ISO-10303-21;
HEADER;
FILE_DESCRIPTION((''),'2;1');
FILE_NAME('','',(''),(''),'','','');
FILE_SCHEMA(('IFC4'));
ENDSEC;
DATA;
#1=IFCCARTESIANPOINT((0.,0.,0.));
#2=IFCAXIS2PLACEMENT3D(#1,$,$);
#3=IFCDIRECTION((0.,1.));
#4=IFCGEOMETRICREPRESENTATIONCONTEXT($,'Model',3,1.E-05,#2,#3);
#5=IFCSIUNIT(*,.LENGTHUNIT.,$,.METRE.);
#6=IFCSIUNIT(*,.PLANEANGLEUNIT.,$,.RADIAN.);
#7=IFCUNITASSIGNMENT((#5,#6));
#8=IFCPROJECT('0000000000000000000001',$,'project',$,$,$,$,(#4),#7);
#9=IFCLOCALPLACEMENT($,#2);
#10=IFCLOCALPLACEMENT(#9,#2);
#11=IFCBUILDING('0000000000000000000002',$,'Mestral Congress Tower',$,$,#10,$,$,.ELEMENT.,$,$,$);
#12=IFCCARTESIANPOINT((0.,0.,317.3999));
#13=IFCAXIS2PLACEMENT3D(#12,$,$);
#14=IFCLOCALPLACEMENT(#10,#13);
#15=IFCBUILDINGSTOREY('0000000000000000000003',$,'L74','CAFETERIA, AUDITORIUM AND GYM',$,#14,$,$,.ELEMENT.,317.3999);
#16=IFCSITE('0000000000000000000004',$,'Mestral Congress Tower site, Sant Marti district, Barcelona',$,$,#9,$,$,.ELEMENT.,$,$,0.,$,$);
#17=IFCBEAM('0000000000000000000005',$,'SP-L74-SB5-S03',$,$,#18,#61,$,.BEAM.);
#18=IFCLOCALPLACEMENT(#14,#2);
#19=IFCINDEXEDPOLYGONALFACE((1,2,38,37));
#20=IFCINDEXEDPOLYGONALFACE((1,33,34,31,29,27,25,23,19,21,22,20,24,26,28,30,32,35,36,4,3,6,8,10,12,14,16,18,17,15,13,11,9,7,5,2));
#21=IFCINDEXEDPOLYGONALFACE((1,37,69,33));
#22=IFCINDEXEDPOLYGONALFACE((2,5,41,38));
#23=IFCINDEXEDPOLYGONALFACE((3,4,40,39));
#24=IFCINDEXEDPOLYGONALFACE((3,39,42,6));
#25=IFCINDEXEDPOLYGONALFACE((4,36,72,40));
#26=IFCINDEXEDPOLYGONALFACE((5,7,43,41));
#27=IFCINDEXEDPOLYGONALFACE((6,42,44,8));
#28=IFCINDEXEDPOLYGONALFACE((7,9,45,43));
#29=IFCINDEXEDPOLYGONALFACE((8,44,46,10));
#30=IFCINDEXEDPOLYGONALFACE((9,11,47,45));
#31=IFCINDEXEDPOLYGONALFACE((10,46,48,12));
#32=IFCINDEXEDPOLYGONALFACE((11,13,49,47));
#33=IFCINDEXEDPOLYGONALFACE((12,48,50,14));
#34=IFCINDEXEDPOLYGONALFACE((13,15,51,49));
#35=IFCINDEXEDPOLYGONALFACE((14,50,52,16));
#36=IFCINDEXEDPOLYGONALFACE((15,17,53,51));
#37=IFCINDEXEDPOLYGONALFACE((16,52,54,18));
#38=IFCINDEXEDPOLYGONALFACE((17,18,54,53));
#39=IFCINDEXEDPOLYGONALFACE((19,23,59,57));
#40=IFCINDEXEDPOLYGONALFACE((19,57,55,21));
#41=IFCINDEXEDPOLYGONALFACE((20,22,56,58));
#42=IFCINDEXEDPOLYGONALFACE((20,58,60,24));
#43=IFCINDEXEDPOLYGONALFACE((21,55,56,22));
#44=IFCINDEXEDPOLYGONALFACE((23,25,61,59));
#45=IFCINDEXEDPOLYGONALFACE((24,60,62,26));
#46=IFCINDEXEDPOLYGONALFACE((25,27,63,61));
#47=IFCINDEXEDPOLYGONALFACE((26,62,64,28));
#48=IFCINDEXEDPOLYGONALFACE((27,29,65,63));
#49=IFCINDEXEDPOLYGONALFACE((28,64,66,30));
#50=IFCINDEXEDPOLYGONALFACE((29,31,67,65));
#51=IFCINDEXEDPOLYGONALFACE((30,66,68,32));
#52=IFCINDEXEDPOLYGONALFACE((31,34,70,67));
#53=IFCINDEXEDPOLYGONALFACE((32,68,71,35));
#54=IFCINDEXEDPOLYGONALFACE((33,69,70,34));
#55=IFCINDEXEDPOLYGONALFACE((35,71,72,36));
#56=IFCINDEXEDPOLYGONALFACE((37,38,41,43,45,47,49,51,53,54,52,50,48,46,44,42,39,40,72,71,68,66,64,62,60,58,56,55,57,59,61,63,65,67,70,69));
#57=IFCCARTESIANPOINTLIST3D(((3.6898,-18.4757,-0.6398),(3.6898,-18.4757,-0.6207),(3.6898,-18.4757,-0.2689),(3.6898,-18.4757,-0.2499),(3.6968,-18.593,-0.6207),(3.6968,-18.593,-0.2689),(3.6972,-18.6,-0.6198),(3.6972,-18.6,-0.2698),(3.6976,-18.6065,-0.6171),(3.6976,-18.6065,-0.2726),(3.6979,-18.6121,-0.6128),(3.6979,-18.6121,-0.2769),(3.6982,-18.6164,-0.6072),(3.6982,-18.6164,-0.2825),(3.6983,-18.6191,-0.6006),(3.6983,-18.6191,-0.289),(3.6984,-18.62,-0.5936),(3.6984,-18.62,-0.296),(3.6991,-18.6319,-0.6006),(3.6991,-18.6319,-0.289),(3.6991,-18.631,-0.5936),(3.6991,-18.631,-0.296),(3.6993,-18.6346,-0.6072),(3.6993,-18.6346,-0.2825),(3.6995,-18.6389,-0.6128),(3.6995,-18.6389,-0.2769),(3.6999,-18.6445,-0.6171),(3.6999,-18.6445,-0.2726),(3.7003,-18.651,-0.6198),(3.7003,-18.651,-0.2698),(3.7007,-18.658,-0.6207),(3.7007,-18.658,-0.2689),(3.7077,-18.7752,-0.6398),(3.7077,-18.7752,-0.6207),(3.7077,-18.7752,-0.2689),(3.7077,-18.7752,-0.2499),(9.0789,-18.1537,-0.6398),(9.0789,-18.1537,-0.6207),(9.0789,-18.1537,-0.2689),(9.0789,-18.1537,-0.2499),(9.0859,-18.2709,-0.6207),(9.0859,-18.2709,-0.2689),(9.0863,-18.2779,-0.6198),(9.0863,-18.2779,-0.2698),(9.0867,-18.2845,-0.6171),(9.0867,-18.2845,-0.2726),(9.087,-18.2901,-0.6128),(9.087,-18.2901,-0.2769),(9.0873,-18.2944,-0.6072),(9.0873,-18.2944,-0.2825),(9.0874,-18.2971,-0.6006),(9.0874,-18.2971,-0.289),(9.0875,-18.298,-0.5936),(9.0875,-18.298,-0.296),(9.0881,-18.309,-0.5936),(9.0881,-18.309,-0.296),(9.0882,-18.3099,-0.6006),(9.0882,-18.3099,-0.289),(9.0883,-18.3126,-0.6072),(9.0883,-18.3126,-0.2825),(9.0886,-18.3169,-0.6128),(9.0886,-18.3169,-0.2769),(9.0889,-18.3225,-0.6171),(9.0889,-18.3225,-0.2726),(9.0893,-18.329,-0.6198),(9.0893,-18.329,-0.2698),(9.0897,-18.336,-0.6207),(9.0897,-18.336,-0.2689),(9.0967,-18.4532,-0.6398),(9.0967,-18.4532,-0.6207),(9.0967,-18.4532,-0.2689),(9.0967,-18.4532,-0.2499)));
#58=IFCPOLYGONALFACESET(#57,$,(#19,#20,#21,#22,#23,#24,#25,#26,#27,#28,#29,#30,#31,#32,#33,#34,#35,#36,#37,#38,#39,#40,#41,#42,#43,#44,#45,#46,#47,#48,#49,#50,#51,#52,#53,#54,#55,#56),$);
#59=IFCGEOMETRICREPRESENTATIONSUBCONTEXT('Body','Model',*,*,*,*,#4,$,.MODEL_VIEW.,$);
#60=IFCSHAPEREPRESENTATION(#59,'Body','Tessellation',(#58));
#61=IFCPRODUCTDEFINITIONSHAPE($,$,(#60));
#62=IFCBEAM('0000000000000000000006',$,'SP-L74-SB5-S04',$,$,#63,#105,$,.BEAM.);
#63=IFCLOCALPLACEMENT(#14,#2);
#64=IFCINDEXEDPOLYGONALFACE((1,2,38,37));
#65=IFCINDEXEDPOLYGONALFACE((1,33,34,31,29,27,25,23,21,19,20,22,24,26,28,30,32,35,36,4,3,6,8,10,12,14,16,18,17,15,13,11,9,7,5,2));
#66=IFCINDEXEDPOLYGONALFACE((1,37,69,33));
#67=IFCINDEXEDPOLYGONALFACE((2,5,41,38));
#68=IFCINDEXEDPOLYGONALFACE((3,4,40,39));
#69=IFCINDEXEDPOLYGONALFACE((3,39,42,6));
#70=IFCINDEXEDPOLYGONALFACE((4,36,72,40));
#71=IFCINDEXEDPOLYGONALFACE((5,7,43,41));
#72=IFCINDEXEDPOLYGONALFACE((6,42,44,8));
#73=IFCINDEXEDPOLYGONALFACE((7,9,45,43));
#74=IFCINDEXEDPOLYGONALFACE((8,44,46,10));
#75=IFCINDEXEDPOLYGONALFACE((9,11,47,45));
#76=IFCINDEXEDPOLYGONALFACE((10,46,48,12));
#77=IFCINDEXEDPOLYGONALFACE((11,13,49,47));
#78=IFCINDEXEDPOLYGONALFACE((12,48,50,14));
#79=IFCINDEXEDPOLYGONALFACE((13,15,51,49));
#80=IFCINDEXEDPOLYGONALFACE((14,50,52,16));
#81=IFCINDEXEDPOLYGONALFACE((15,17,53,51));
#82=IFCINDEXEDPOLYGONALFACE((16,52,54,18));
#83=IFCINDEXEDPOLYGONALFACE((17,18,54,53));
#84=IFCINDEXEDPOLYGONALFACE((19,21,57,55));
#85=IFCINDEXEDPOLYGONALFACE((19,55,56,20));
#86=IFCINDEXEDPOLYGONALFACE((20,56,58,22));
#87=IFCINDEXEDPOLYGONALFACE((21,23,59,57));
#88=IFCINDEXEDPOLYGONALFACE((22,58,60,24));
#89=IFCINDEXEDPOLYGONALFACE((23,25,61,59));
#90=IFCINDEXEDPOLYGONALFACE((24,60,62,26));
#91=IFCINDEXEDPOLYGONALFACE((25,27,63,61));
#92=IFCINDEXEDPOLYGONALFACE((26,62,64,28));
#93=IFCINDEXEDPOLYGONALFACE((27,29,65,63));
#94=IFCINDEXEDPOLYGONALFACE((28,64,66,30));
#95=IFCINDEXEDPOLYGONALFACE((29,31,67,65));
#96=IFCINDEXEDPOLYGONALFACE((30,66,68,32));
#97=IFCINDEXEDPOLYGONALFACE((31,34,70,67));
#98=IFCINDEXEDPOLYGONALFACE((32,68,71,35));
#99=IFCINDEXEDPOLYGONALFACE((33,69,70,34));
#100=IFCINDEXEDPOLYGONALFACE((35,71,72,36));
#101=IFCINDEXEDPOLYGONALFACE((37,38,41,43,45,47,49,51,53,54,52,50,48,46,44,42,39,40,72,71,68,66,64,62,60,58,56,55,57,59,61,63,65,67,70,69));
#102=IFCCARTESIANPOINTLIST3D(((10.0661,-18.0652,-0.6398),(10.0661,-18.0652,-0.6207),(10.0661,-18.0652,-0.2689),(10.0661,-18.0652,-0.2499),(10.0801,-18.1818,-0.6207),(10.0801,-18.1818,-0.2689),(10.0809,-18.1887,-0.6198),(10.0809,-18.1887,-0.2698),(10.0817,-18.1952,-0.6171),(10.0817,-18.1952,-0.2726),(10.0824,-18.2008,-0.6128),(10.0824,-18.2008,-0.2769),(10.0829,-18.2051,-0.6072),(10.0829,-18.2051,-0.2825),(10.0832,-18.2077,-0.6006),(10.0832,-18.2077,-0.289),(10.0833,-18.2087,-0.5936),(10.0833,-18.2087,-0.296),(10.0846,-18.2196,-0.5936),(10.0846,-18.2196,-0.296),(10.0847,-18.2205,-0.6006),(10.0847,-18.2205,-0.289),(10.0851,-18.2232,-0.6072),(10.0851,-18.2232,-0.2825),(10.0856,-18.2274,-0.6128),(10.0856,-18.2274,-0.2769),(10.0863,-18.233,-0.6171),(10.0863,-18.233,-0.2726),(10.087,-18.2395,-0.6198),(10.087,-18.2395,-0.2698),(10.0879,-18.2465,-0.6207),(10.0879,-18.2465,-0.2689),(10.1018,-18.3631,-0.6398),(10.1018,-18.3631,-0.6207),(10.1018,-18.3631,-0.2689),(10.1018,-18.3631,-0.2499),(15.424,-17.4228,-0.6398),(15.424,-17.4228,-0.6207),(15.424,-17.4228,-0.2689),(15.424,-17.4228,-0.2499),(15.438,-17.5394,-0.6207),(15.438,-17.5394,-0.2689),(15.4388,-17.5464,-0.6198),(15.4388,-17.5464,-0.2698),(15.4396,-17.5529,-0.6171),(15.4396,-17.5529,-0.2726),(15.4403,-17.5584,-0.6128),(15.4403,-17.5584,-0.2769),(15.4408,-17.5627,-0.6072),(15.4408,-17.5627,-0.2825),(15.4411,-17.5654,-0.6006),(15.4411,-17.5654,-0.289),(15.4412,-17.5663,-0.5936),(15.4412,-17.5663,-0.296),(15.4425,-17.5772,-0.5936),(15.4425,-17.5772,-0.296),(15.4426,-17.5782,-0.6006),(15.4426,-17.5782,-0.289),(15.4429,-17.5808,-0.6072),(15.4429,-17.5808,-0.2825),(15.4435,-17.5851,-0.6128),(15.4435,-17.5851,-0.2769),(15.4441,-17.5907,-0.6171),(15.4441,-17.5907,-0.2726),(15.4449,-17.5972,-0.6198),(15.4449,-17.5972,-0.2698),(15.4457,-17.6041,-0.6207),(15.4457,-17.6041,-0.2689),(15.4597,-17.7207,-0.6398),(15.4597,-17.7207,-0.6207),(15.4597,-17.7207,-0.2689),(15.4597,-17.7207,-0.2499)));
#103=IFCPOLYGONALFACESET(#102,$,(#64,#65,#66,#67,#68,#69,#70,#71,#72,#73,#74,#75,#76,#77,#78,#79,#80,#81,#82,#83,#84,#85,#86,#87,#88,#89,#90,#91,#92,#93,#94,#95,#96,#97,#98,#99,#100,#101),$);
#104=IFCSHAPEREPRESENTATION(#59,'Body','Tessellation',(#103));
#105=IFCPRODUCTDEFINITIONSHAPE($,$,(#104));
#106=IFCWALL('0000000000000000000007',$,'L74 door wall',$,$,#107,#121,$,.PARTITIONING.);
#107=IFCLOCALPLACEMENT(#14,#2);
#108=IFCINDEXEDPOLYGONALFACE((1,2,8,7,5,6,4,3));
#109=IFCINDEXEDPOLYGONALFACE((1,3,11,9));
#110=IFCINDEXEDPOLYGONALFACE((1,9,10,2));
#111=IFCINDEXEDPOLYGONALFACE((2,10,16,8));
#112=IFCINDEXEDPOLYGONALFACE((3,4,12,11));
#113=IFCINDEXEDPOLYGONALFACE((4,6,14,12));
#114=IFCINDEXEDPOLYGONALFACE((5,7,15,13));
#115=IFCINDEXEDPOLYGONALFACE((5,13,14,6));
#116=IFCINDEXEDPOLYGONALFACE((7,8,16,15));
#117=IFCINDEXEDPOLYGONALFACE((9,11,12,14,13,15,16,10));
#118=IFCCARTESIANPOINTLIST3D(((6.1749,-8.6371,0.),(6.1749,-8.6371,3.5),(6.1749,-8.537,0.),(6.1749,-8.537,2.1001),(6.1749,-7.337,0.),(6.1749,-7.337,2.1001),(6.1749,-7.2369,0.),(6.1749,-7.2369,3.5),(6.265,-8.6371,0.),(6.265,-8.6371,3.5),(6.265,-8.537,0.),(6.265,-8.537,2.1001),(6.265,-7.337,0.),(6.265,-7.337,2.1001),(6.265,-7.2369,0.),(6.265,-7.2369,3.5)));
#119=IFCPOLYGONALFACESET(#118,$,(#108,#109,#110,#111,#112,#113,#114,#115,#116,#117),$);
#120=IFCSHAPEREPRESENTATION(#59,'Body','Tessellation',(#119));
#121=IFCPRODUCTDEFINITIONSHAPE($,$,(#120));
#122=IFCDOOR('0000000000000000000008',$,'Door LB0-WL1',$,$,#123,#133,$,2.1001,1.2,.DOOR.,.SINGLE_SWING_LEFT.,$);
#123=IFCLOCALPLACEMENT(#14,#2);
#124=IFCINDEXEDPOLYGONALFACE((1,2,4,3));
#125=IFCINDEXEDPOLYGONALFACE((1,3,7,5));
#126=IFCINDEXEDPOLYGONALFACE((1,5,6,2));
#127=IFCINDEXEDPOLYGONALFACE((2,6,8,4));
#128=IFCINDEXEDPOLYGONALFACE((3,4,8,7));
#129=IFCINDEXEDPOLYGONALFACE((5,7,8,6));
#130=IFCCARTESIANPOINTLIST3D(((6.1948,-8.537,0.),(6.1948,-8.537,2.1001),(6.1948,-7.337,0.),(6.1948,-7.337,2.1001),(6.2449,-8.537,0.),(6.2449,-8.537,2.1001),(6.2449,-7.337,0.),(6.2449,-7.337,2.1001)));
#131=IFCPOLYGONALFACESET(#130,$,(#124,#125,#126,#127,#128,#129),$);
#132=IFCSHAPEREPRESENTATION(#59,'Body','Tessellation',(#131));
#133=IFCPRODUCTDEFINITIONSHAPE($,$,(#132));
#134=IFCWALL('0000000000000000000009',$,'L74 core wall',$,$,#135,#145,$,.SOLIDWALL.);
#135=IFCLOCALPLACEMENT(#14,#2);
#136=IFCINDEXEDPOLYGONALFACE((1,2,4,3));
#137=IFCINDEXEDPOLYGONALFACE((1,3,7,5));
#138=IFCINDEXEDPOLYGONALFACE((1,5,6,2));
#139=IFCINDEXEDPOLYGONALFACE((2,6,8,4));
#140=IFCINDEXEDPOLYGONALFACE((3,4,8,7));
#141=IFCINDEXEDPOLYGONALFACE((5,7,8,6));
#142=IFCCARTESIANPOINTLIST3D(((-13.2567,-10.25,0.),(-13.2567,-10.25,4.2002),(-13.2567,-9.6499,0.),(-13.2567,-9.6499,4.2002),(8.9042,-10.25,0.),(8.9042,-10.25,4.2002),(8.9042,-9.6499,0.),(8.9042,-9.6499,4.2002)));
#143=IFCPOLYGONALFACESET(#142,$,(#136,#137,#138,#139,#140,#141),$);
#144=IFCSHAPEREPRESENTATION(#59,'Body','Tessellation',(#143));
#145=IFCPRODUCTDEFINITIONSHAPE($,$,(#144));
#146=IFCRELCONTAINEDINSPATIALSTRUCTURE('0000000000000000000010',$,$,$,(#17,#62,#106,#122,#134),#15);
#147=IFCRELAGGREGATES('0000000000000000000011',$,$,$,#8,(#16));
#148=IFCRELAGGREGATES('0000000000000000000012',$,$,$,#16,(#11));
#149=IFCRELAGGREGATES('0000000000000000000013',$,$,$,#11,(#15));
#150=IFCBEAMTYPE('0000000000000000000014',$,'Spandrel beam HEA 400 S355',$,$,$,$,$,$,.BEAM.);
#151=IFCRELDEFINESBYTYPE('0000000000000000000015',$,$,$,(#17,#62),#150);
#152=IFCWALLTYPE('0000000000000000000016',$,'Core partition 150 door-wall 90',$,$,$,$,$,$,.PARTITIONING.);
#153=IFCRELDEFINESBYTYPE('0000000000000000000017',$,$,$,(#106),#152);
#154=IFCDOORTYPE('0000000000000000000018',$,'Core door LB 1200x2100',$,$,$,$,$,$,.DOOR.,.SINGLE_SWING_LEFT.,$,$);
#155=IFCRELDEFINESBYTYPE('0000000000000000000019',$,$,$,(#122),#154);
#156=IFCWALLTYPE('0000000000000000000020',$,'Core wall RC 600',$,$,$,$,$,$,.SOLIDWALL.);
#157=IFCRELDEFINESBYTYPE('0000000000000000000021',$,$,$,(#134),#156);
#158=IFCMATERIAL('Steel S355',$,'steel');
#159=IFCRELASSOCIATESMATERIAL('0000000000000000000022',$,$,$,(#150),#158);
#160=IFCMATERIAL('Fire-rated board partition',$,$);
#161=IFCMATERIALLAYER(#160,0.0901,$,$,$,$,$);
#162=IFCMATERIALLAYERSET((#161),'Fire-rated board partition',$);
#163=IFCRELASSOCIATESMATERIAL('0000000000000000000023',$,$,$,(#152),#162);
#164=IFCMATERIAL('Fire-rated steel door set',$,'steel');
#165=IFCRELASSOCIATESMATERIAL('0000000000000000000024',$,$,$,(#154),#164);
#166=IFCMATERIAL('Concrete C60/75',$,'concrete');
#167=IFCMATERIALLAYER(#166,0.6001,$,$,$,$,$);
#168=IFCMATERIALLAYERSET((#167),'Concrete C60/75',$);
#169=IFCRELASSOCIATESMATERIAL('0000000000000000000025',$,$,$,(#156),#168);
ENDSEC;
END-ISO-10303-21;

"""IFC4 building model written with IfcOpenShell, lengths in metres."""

from ifc_helpers import new_model, si_unit, direction, frame, frame_2d, origin, origin_2d, place, context, subcontext, project, spatial, rectangle, i_section, extrude, material, layer, layer_set, material_profile, profile_set, type_object, element, fill, save


model = new_model("IFC4")

# Units and contexts
model_context = context("Model", 3, precision=1e-05, world=origin(), true_north=direction((0.0, 1.0)))
body_context = subcontext(model_context, "Body", "Model", "MODEL_VIEW")
ifc_project = project(units=[si_unit("LENGTHUNIT", "METRE"), si_unit("PLANEANGLEUNIT", "RADIAN")], contexts=[model_context])

# Site, building, storey
site_placement = place(None, origin())
site = spatial("IfcSite", under=ifc_project, at=site_placement, Name="Mestral Congress Tower site, Sant Marti district, Barcelona", CompositionType="ELEMENT", RefElevation=0.0)
building_placement = place(site_placement, origin())
building = spatial("IfcBuilding", under=site, at=building_placement, Name="Mestral Congress Tower", CompositionType="ELEMENT")
storey_placement = place(building_placement, frame((0.0, 0.0, 317.3999)))
storey = spatial("IfcBuildingStorey", under=building, at=storey_placement, Name="L74", Description="CAFETERIA, AUDITORIUM AND GYM", CompositionType="ELEMENT", Elevation=317.3999)

# Shared definitions
ifc_material_1 = material(Name="Concrete C60/75", Category="concrete")

# Beams
ifc_material_2 = material(Name="Steel S355", Category="steel")
ifc_material_profile_1 = material_profile(ifc_material_2, i_section(OverallWidth=0.3, OverallDepth=0.3899, WebThickness=0.011, FlangeThickness=0.019, FilletRadius=0.0271, at=origin_2d()), Name="HEA 400")
ifc_profile_set_1 = profile_set([ifc_material_profile_1], Name="Steel S355")
beam_type_1 = type_object("IfcBeamType", Name="Spandrel beam HEA 400 S355", PredefinedType="BEAM", material=ifc_profile_set_1)
beam_1_placement = place(storey_placement, frame((3.6987, -18.6255, -0.4448), z_axis=(0.99822, 0.059647, 0.0), x_axis=(-0.059647, 0.99822, 0.0)))
element("IfcBeam", 1, at=beam_1_placement, inside=storey, type_object=beam_type_1, Name="SP-L74-SB5-S03", PredefinedType="BEAM", context=body_context, shape_type="SweptSolid", body=[
    extrude(i_section(OverallWidth=0.3, OverallDepth=0.3899, WebThickness=0.011, FlangeThickness=0.019, FilletRadius=0.0271, at=origin_2d()), origin(), (0.0, 0.0, 1.0), 5.3987),
])
beam_2_placement = place(storey_placement, frame((10.084, -18.2141, -0.4448), z_axis=(0.99289, 0.119033, 0.0), x_axis=(-0.119033, 0.99289, 0.0)))
element("IfcBeam", 2, at=beam_2_placement, inside=storey, type_object=beam_type_1, Name="SP-L74-SB5-S04", PredefinedType="BEAM", context=body_context, shape_type="SweptSolid", body=[
    extrude(i_section(OverallWidth=0.3, OverallDepth=0.3899, WebThickness=0.011, FlangeThickness=0.019, FilletRadius=0.0271, at=origin_2d()), origin(), (0.0, 0.0, 1.0), 5.3962),
])

# Wall, opening, door
ifc_material_3 = material(Name="Fire-rated board partition")
ifc_layer_1 = layer(ifc_material_3, 0.0901)
ifc_layer_set_1 = layer_set([ifc_layer_1], Name="Fire-rated board partition")
wall_type_1 = type_object("IfcWallType", Name="Core partition 150 door-wall 90", PredefinedType="PARTITIONING", material=ifc_layer_set_1)
wall_1_placement = place(storey_placement, frame((6.22, -7.2368, 0.0), z_axis=(0.0, 0.0, 1.0), x_axis=(0.0, -1.0, 0.0)))
wall_1 = element("IfcWall", 3, at=wall_1_placement, inside=storey, type_object=wall_type_1, Name="L74 door wall", PredefinedType="PARTITIONING", context=body_context, shape_type="SweptSolid", body=[
    extrude(rectangle(XDim=1.4001, YDim=0.0901, at=frame_2d((0.7002, 0.0))), origin(), (0.0, 0.0, 1.0), 3.5),
])
opening_1_placement = place(wall_1_placement, frame((0.1001, 0.0, 0.0)))
opening_1 = element("IfcOpeningElement", 4, at=opening_1_placement, cuts=wall_1, PredefinedType="OPENING", context=body_context, shape_type="SweptSolid", body=[
    extrude(rectangle(XDim=1.2, YDim=2.1001, at=frame_2d((0.6001, 1.05))), frame((0.0, 0.0549, 0.0), z_axis=(0.0, -1.0, 0.0), x_axis=(1.0, 0.0, 0.0)), (0.0, 0.0, 1.0), 0.1101),
])
ifc_material_4 = material(Name="Fire-rated steel door set", Category="steel")
door_type = type_object("IfcDoorType", Name="Core door LB 1200x2100", OperationType="SINGLE_SWING_LEFT", PredefinedType="DOOR", material=ifc_material_4)
door_placement = place(opening_1_placement, origin())
door = element("IfcDoor", 5, at=door_placement, inside=storey, type_object=door_type, Name="Door LB0-WL1", OperationType="SINGLE_SWING_LEFT", OverallHeight=2.1001, OverallWidth=1.2, PredefinedType="DOOR", context=body_context, shape_type="SweptSolid", body=[
    extrude(rectangle(XDim=1.2, YDim=2.1001, at=frame_2d((0.6001, 1.05))), frame((0.0, 0.0249, 0.0), z_axis=(0.0, -1.0, 0.0), x_axis=(1.0, 0.0, 0.0)), (0.0, 0.0, 1.0), 0.05),
])
fill(opening_1, door)

# Wall
ifc_layer_2 = layer(ifc_material_1, 0.6001)
ifc_layer_set_2 = layer_set([ifc_layer_2], Name="Concrete C60/75")
wall_type_2 = type_object("IfcWallType", Name="Core wall RC 600", PredefinedType="SOLIDWALL", material=ifc_layer_set_2)
wall_2_placement = place(storey_placement, frame((8.9043, -9.95, 0.0), z_axis=(0.0, 0.0, 1.0), x_axis=(-1.0, 0.0, 0.0)))
element("IfcWall", 6, at=wall_2_placement, inside=storey, type_object=wall_type_2, Name="L74 core wall", PredefinedType="SOLIDWALL", context=body_context, shape_type="SweptSolid", body=[
    extrude(rectangle(XDim=22.1609, YDim=0.6001, at=frame_2d((11.0806, 0.0))), origin(), (0.0, 0.0, 1.0), 4.2002),
])

save(model, "model.ifc")
